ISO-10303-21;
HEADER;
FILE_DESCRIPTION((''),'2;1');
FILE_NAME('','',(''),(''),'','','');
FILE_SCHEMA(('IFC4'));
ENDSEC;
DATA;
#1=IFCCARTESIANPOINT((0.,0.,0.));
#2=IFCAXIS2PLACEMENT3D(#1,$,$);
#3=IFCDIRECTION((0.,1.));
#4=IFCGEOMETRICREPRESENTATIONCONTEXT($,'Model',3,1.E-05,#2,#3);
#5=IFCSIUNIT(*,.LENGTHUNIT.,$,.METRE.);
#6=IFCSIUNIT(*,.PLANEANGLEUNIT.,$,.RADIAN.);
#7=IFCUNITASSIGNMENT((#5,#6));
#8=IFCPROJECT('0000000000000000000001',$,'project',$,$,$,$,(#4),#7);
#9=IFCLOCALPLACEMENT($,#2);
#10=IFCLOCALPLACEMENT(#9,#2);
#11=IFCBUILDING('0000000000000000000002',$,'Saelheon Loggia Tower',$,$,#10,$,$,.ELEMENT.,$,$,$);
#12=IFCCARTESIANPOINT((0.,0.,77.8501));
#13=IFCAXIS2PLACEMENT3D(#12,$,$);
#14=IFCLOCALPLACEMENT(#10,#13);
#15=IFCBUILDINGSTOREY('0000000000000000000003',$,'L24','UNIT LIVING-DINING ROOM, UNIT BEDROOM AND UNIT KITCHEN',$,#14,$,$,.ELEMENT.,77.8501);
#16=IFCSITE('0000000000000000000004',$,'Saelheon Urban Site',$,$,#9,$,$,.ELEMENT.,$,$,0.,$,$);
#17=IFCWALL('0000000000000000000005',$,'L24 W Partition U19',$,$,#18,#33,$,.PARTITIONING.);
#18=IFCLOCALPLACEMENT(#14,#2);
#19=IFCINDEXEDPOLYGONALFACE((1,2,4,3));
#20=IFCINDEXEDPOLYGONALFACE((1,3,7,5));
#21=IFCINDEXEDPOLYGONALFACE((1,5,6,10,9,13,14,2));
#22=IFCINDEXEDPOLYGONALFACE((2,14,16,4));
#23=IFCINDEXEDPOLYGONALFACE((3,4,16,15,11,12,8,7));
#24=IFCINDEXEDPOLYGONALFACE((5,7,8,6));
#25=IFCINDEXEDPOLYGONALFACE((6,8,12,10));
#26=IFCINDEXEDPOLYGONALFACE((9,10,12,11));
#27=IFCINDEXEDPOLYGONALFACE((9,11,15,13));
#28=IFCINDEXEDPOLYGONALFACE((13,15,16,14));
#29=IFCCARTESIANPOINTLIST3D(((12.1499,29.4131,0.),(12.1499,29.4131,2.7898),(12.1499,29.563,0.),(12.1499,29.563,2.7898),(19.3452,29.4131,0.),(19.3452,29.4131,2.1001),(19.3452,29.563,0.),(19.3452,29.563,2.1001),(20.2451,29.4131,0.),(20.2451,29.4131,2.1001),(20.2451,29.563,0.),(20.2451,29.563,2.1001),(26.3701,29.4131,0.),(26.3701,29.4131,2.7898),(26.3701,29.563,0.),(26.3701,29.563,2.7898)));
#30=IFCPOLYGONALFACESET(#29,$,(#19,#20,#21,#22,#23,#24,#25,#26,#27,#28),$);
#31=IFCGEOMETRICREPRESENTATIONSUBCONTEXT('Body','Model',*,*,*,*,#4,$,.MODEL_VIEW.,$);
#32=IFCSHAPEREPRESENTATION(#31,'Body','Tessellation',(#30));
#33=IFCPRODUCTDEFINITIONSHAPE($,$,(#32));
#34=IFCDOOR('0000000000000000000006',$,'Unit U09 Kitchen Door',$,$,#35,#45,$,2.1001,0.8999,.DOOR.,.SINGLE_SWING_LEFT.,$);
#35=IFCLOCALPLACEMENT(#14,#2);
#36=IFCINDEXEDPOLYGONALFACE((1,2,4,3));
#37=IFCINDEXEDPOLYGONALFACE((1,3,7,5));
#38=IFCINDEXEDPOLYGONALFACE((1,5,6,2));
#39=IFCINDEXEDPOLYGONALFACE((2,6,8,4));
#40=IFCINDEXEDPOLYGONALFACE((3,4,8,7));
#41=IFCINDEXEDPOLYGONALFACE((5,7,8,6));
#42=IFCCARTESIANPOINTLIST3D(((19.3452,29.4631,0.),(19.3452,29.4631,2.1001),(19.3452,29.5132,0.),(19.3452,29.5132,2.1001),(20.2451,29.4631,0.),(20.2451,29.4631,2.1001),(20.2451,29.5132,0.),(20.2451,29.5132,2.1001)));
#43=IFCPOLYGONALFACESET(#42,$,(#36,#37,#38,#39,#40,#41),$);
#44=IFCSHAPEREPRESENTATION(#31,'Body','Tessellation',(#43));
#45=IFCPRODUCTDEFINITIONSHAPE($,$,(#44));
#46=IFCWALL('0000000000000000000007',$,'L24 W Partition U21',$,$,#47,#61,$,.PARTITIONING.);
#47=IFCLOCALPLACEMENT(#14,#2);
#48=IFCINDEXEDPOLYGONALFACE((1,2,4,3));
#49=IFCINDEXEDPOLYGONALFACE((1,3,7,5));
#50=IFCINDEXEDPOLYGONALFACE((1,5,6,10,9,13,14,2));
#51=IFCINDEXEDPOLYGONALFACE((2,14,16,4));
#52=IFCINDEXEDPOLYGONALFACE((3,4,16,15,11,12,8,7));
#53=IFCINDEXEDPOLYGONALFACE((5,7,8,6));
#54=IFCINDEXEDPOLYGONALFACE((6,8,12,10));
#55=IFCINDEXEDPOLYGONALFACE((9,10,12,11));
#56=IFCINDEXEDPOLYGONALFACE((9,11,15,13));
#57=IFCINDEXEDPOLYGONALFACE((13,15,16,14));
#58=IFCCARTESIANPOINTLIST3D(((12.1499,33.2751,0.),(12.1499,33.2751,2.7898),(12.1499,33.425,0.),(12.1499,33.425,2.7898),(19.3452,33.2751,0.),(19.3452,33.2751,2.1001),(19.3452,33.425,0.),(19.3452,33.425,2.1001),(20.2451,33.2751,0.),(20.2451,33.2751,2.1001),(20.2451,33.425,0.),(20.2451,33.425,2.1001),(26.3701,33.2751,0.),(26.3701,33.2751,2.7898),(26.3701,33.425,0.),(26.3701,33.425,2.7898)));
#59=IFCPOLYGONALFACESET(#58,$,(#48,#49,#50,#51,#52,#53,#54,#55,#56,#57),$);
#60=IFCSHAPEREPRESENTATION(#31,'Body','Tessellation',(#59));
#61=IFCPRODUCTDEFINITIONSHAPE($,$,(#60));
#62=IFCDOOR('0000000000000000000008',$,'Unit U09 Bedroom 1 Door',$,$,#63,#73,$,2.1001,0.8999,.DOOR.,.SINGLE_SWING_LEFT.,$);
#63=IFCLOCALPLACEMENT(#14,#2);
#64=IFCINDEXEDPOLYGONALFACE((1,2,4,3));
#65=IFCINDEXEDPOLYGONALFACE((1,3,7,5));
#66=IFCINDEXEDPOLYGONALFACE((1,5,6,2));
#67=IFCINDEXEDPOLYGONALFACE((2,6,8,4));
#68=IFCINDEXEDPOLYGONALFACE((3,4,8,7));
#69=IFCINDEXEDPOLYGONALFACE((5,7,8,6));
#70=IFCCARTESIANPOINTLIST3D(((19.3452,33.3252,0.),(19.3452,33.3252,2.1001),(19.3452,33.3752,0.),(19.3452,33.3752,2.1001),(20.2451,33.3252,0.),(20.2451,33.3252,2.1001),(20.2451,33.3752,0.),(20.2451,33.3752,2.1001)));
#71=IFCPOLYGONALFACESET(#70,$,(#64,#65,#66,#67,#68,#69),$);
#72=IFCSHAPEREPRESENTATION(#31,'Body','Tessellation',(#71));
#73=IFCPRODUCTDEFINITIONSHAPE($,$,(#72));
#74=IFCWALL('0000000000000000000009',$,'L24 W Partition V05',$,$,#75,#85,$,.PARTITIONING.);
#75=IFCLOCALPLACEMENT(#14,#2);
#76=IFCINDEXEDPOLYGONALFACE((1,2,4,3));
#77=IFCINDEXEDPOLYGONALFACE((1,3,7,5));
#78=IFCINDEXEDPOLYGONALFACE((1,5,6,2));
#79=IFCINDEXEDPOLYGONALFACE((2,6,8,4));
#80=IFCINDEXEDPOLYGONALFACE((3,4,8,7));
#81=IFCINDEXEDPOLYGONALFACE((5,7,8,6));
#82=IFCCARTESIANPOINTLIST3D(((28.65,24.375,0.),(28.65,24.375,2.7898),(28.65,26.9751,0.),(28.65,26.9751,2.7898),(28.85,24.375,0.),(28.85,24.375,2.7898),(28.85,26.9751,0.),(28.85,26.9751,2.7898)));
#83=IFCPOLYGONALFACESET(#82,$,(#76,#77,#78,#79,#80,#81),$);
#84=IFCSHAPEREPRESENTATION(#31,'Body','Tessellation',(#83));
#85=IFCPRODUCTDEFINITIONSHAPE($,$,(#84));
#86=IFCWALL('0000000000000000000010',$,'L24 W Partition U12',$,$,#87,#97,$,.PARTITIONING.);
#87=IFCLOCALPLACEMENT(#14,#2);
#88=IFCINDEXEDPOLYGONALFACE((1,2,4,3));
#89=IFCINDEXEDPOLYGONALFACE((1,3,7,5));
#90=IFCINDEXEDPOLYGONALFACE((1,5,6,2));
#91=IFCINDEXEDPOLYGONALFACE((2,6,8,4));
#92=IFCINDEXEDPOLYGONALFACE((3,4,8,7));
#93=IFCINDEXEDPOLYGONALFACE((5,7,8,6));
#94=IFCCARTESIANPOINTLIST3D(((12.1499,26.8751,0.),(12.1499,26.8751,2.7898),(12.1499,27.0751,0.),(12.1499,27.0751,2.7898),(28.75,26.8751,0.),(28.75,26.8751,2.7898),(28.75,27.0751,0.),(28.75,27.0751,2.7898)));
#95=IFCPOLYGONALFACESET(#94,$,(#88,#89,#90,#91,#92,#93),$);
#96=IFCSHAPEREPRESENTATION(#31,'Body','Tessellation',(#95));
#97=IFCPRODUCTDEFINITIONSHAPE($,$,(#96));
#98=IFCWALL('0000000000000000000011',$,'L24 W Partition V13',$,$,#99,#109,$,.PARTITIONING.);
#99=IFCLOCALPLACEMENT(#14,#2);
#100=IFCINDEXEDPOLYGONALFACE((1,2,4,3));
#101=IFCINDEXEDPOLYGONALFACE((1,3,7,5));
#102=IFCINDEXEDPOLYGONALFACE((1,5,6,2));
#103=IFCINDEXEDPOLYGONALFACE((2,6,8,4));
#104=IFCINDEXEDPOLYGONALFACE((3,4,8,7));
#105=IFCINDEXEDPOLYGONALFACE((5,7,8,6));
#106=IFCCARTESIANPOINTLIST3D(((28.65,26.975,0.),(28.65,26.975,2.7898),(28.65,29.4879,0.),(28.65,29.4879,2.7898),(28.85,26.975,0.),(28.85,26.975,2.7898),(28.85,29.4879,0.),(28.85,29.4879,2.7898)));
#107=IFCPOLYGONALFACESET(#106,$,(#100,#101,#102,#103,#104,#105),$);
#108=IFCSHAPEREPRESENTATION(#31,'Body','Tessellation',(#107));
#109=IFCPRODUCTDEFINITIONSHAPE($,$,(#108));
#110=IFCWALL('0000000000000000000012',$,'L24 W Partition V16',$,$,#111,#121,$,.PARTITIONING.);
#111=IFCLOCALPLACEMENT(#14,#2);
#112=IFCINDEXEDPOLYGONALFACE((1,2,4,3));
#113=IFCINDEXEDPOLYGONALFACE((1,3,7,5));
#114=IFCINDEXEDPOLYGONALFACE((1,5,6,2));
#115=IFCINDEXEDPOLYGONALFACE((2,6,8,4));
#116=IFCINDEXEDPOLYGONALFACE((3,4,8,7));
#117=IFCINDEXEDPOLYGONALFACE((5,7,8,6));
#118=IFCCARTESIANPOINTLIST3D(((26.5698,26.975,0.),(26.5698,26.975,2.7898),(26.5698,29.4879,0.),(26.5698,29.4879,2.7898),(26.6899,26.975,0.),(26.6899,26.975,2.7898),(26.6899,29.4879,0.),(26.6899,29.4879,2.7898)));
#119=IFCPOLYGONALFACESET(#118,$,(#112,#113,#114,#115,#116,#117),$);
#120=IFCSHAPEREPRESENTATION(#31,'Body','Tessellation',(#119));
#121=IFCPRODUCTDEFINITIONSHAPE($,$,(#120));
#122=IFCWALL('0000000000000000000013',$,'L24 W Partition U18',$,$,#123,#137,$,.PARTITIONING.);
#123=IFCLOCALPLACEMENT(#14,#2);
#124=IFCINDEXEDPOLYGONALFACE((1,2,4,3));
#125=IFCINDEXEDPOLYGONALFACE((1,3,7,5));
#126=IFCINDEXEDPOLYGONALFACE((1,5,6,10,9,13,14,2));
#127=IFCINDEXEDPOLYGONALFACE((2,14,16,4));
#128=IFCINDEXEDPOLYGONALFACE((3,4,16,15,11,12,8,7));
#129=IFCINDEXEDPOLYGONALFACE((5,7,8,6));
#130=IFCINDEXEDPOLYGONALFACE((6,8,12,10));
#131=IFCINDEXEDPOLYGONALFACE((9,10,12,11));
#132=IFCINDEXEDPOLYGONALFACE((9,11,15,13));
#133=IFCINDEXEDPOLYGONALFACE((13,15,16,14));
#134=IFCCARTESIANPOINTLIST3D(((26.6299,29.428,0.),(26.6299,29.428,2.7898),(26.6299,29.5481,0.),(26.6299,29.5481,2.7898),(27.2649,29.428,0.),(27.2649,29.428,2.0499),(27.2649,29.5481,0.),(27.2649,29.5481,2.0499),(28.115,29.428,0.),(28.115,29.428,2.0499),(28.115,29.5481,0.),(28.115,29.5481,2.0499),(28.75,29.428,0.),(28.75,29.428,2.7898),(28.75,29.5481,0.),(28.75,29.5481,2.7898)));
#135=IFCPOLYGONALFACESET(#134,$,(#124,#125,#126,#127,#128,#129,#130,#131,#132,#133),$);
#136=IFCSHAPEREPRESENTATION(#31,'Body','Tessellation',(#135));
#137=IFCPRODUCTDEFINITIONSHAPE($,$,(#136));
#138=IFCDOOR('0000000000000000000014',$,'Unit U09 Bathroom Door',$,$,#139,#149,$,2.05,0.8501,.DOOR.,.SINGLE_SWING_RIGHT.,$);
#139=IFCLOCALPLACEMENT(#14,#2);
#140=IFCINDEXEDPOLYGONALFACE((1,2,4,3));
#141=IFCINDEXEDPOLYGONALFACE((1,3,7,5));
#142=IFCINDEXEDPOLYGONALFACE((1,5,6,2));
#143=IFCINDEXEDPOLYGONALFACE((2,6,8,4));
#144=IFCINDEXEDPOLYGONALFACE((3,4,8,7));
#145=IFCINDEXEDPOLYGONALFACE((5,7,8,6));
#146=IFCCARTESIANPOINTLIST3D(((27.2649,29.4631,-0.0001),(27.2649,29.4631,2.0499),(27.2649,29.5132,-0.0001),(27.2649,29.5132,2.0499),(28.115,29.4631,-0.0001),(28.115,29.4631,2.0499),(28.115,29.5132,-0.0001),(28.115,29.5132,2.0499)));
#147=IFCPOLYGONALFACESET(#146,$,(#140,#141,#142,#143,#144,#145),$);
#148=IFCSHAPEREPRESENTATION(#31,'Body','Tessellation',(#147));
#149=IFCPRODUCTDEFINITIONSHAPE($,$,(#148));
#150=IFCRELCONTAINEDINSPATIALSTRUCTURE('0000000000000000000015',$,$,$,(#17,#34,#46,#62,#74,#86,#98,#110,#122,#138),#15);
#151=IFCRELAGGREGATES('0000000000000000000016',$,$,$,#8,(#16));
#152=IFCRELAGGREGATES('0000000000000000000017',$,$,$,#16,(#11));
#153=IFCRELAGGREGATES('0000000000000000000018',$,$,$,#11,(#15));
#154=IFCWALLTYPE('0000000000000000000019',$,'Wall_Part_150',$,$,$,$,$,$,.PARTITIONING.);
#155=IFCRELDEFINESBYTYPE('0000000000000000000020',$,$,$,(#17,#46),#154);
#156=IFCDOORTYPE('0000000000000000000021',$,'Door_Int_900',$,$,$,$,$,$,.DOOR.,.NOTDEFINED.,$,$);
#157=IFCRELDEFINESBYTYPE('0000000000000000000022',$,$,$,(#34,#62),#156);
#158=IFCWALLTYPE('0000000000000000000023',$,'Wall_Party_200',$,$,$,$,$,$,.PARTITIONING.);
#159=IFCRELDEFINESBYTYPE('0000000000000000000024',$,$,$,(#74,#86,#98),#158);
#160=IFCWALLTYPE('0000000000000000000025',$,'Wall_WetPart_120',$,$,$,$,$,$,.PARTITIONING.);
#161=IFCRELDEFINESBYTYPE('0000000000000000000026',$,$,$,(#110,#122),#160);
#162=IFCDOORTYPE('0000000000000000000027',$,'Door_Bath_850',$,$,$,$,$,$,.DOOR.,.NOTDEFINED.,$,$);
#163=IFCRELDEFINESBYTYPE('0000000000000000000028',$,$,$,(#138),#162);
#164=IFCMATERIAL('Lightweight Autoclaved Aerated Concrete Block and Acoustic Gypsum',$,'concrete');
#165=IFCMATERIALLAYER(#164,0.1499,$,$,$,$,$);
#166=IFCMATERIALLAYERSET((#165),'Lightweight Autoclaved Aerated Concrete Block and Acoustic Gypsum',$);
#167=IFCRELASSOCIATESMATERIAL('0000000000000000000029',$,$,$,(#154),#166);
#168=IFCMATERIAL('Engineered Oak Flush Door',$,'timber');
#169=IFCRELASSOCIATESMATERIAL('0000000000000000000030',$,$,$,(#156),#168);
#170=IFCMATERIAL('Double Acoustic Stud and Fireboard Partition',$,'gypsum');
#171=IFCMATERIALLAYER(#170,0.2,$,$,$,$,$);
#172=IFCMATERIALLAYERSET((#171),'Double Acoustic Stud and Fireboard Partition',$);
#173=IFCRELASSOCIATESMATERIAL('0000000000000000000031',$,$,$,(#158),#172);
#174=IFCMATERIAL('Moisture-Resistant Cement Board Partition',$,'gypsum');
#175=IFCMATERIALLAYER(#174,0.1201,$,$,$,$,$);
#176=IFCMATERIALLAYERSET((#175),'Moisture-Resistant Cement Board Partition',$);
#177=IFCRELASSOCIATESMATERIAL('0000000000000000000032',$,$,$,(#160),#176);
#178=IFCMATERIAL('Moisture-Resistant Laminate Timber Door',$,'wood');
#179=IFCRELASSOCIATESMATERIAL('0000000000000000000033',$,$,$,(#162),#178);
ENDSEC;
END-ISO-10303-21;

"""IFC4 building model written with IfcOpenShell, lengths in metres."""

from ifc_helpers import new_model, si_unit, direction, frame, frame_2d, origin, place, context, subcontext, project, spatial, rectangle, extrude, source, transform, mapped, material, layer, layer_set, type_object, element, fill, save


model = new_model("IFC4")

# Units and contexts
model_context = context("Model", 3, precision=1e-05, world=origin(), true_north=direction((0.0, 1.0)))
body_context = subcontext(model_context, "Body", "Model", "MODEL_VIEW")
ifc_project = project(units=[si_unit("LENGTHUNIT", "METRE"), si_unit("PLANEANGLEUNIT", "RADIAN")], contexts=[model_context])

# Site, building, storey
site_placement = place(None, origin())
site = spatial("IfcSite", under=ifc_project, at=site_placement, Name="Saelheon Urban Site", CompositionType="ELEMENT", RefElevation=0.0)
building_placement = place(site_placement, origin())
building = spatial("IfcBuilding", under=site, at=building_placement, Name="Saelheon Loggia Tower", CompositionType="ELEMENT")
storey_placement = place(building_placement, frame((0.0, 0.0, 77.8501)))
storey = spatial("IfcBuildingStorey", under=building, at=storey_placement, Name="L24", Description="UNIT LIVING-DINING ROOM, UNIT BEDROOM AND UNIT KITCHEN", CompositionType="ELEMENT", Elevation=77.8501)

# Shared definitions
ifc_material_1 = material(Name="Lightweight Autoclaved Aerated Concrete Block and Acoustic Gypsum", Category="concrete")
ifc_layer_1 = layer(ifc_material_1, 0.1499)
ifc_layer_set_1 = layer_set([ifc_layer_1], Name="Lightweight Autoclaved Aerated Concrete Block and Acoustic Gypsum")
wall_type_1 = type_object("IfcWallType", Name="Wall_Part_150", PredefinedType="PARTITIONING", material=ifc_layer_set_1)

# Shared definitions
ifc_material_2 = material(Name="Engineered Oak Flush Door", Category="timber")
door_type_1 = type_object("IfcDoorType", Name="Door_Int_900", OperationType="NOTDEFINED", PredefinedType="DOOR", material=ifc_material_2)
shared_shape_1 = source(origin(), body_context, "Body", "SweptSolid", [
    extrude(rectangle(XDim=0.8999, YDim=2.1001, at=frame_2d((0.45, 1.05))), frame((0.0, 0.0249, 0.0), z_axis=(0.0, -1.0, 0.0), x_axis=(1.0, 0.0, 0.0)), (0.0, 0.0, 1.0), 0.05),
])

# Walls, openings, doors
wall_1_placement = place(storey_placement, frame((26.3701, 29.488, 0.0), z_axis=(0.0, 0.0, 1.0), x_axis=(-1.0, 0.0, 0.0)))
wall_1 = element("IfcWall", 1, at=wall_1_placement, inside=storey, type_object=wall_type_1, Name="L24 W Partition U19", PredefinedType="PARTITIONING", context=body_context, shape_type="SweptSolid", body=[
    extrude(rectangle(XDim=14.2202, YDim=0.1499, at=frame_2d((7.1101, 0.0))), origin(), (0.0, 0.0, 1.0), 2.7898),
])
opening_1_placement = place(wall_1_placement, frame((6.125, 0.0, 0.0)))
opening_1 = element("IfcOpeningElement", 2, at=opening_1_placement, cuts=wall_1, PredefinedType="OPENING", context=body_context, shape_type="SweptSolid", body=[
    extrude(rectangle(XDim=0.8999, YDim=2.1001, at=frame_2d((0.45, 1.05))), frame((0.0, 0.0869, 0.0), z_axis=(0.0, -1.0, 0.0), x_axis=(1.0, 0.0, 0.0)), (0.0, 0.0, 1.0), 0.1738),
])
door_1_placement = place(opening_1_placement, origin())
door_1 = element("IfcDoor", 3, at=door_1_placement, inside=storey, type_object=door_type_1, Name="Unit U09 Kitchen Door", OperationType="SINGLE_SWING_LEFT", OverallHeight=2.1001, OverallWidth=0.8999, PredefinedType="DOOR", context=body_context, shape_type="MappedRepresentation", body=[
    mapped(shared_shape_1, transform((0.0, 0.0, 0.0), scale=1.0)),
])
fill(opening_1, door_1)
wall_2_placement = place(storey_placement, frame((26.3701, 33.3501, 0.0), z_axis=(0.0, 0.0, 1.0), x_axis=(-1.0, 0.0, 0.0)))
wall_2 = element("IfcWall", 4, at=wall_2_placement, inside=storey, type_object=wall_type_1, Name="L24 W Partition U21", PredefinedType="PARTITIONING", context=body_context, shape_type="SweptSolid", body=[
    extrude(rectangle(XDim=14.2202, YDim=0.1499, at=frame_2d((7.1101, 0.0))), origin(), (0.0, 0.0, 1.0), 2.7898),
])
opening_2_placement = place(wall_2_placement, frame((6.125, 0.0, 0.0)))
opening_2 = element("IfcOpeningElement", 5, at=opening_2_placement, cuts=wall_2, PredefinedType="OPENING", context=body_context, shape_type="SweptSolid", body=[
    extrude(rectangle(XDim=0.8999, YDim=2.1001, at=frame_2d((0.45, 1.05))), frame((0.0, 0.0869, 0.0), z_axis=(0.0, -1.0, 0.0), x_axis=(1.0, 0.0, 0.0)), (0.0, 0.0, 1.0), 0.1738),
])
door_2_placement = place(opening_2_placement, origin())
door_2 = element("IfcDoor", 6, at=door_2_placement, inside=storey, type_object=door_type_1, Name="Unit U09 Bedroom 1 Door", OperationType="SINGLE_SWING_LEFT", OverallHeight=2.1001, OverallWidth=0.8999, PredefinedType="DOOR", context=body_context, shape_type="MappedRepresentation", body=[
    mapped(shared_shape_1, transform((0.0, 0.0, 0.0), scale=1.0)),
])
fill(opening_2, door_2)

# Walls
ifc_material_3 = material(Name="Double Acoustic Stud and Fireboard Partition", Category="gypsum")
ifc_layer_2 = layer(ifc_material_3, 0.2)
ifc_layer_set_2 = layer_set([ifc_layer_2], Name="Double Acoustic Stud and Fireboard Partition")
wall_type_2 = type_object("IfcWallType", Name="Wall_Party_200", PredefinedType="PARTITIONING", material=ifc_layer_set_2)
wall_3_placement = place(storey_placement, frame((28.75, 24.375, 0.0), z_axis=(0.0, 0.0, 1.0), x_axis=(0.0, 1.0, 0.0)))
element("IfcWall", 7, at=wall_3_placement, inside=storey, type_object=wall_type_2, Name="L24 W Partition V05", PredefinedType="PARTITIONING", context=body_context, shape_type="SweptSolid", body=[
    extrude(rectangle(XDim=2.6001, YDim=0.2, at=frame_2d((1.3, 0.0))), origin(), (0.0, 0.0, 1.0), 2.7898),
])
wall_4_placement = place(storey_placement, frame((28.75, 26.9751, 0.0), z_axis=(0.0, 0.0, 1.0), x_axis=(-1.0, 0.0, 0.0)))
element("IfcWall", 8, at=wall_4_placement, inside=storey, type_object=wall_type_2, Name="L24 W Partition U12", PredefinedType="PARTITIONING", context=body_context, shape_type="SweptSolid", body=[
    extrude(rectangle(XDim=16.6001, YDim=0.2, at=frame_2d((8.3, 0.0))), origin(), (0.0, 0.0, 1.0), 2.7898),
])
wall_5_placement = place(storey_placement, frame((28.75, 26.9751, 0.0), z_axis=(0.0, 0.0, 1.0), x_axis=(0.0, 1.0, 0.0)))
element("IfcWall", 9, at=wall_5_placement, inside=storey, type_object=wall_type_2, Name="L24 W Partition V13", PredefinedType="PARTITIONING", context=body_context, shape_type="SweptSolid", body=[
    extrude(rectangle(XDim=2.5129, YDim=0.2, at=frame_2d((1.2563, 0.0))), origin(), (0.0, 0.0, 1.0), 2.7898),
])

# Wall
ifc_material_4 = material(Name="Moisture-Resistant Cement Board Partition", Category="gypsum")
ifc_layer_3 = layer(ifc_material_4, 0.1201)
ifc_layer_set_3 = layer_set([ifc_layer_3], Name="Moisture-Resistant Cement Board Partition")
wall_type_3 = type_object("IfcWallType", Name="Wall_WetPart_120", PredefinedType="PARTITIONING", material=ifc_layer_set_3)
wall_6_placement = place(storey_placement, frame((26.6299, 26.9751, 0.0), z_axis=(0.0, 0.0, 1.0), x_axis=(0.0, 1.0, 0.0)))
element("IfcWall", 10, at=wall_6_placement, inside=storey, type_object=wall_type_3, Name="L24 W Partition V16", PredefinedType="PARTITIONING", context=body_context, shape_type="SweptSolid", body=[
    extrude(rectangle(XDim=2.5129, YDim=0.1201, at=frame_2d((1.2563, 0.0))), origin(), (0.0, 0.0, 1.0), 2.7898),
])

# Wall, opening, door
wall_7_placement = place(storey_placement, frame((28.75, 29.488, 0.0), z_axis=(0.0, 0.0, 1.0), x_axis=(-1.0, 0.0, 0.0)))
wall_7 = element("IfcWall", 11, at=wall_7_placement, inside=storey, type_object=wall_type_3, Name="L24 W Partition U18", PredefinedType="PARTITIONING", context=body_context, shape_type="SweptSolid", body=[
    extrude(rectangle(XDim=2.1201, YDim=0.1201, at=frame_2d((1.0601, 0.0))), origin(), (0.0, 0.0, 1.0), 2.7898),
])
opening_3_placement = place(wall_7_placement, frame((0.635, 0.0, 0.0)))
opening_3 = element("IfcOpeningElement", 12, at=opening_3_placement, cuts=wall_7, PredefinedType="OPENING", context=body_context, shape_type="SweptSolid", body=[
    extrude(rectangle(XDim=0.8501, YDim=2.05, at=frame_2d((0.425, 1.0249))), frame((0.0, 0.072, 0.0), z_axis=(0.0, -1.0, 0.0), x_axis=(1.0, 0.0, 0.0)), (0.0, 0.0, 1.0), 0.144),
])
ifc_material_5 = material(Name="Moisture-Resistant Laminate Timber Door", Category="wood")
door_type_2 = type_object("IfcDoorType", Name="Door_Bath_850", OperationType="NOTDEFINED", PredefinedType="DOOR", material=ifc_material_5)
shared_shape_2 = source(origin(), body_context, "Body", "SweptSolid", [
    extrude(rectangle(XDim=0.8501, YDim=2.05, at=frame_2d((0.425, 1.0249))), frame((0.0, 0.0249, 0.0), z_axis=(0.0, -1.0, 0.0), x_axis=(1.0, 0.0, 0.0)), (0.0, 0.0, 1.0), 0.05),
])
door_3_placement = place(opening_3_placement, origin())
door_3 = element("IfcDoor", 13, at=door_3_placement, inside=storey, type_object=door_type_2, Name="Unit U09 Bathroom Door", OperationType="SINGLE_SWING_RIGHT", OverallHeight=2.05, OverallWidth=0.8501, PredefinedType="DOOR", context=body_context, shape_type="MappedRepresentation", body=[
    mapped(shared_shape_2, transform((0.0, 0.0, 0.0), scale=1.0)),
])
fill(opening_3, door_3)

save(model, "model.ifc")
